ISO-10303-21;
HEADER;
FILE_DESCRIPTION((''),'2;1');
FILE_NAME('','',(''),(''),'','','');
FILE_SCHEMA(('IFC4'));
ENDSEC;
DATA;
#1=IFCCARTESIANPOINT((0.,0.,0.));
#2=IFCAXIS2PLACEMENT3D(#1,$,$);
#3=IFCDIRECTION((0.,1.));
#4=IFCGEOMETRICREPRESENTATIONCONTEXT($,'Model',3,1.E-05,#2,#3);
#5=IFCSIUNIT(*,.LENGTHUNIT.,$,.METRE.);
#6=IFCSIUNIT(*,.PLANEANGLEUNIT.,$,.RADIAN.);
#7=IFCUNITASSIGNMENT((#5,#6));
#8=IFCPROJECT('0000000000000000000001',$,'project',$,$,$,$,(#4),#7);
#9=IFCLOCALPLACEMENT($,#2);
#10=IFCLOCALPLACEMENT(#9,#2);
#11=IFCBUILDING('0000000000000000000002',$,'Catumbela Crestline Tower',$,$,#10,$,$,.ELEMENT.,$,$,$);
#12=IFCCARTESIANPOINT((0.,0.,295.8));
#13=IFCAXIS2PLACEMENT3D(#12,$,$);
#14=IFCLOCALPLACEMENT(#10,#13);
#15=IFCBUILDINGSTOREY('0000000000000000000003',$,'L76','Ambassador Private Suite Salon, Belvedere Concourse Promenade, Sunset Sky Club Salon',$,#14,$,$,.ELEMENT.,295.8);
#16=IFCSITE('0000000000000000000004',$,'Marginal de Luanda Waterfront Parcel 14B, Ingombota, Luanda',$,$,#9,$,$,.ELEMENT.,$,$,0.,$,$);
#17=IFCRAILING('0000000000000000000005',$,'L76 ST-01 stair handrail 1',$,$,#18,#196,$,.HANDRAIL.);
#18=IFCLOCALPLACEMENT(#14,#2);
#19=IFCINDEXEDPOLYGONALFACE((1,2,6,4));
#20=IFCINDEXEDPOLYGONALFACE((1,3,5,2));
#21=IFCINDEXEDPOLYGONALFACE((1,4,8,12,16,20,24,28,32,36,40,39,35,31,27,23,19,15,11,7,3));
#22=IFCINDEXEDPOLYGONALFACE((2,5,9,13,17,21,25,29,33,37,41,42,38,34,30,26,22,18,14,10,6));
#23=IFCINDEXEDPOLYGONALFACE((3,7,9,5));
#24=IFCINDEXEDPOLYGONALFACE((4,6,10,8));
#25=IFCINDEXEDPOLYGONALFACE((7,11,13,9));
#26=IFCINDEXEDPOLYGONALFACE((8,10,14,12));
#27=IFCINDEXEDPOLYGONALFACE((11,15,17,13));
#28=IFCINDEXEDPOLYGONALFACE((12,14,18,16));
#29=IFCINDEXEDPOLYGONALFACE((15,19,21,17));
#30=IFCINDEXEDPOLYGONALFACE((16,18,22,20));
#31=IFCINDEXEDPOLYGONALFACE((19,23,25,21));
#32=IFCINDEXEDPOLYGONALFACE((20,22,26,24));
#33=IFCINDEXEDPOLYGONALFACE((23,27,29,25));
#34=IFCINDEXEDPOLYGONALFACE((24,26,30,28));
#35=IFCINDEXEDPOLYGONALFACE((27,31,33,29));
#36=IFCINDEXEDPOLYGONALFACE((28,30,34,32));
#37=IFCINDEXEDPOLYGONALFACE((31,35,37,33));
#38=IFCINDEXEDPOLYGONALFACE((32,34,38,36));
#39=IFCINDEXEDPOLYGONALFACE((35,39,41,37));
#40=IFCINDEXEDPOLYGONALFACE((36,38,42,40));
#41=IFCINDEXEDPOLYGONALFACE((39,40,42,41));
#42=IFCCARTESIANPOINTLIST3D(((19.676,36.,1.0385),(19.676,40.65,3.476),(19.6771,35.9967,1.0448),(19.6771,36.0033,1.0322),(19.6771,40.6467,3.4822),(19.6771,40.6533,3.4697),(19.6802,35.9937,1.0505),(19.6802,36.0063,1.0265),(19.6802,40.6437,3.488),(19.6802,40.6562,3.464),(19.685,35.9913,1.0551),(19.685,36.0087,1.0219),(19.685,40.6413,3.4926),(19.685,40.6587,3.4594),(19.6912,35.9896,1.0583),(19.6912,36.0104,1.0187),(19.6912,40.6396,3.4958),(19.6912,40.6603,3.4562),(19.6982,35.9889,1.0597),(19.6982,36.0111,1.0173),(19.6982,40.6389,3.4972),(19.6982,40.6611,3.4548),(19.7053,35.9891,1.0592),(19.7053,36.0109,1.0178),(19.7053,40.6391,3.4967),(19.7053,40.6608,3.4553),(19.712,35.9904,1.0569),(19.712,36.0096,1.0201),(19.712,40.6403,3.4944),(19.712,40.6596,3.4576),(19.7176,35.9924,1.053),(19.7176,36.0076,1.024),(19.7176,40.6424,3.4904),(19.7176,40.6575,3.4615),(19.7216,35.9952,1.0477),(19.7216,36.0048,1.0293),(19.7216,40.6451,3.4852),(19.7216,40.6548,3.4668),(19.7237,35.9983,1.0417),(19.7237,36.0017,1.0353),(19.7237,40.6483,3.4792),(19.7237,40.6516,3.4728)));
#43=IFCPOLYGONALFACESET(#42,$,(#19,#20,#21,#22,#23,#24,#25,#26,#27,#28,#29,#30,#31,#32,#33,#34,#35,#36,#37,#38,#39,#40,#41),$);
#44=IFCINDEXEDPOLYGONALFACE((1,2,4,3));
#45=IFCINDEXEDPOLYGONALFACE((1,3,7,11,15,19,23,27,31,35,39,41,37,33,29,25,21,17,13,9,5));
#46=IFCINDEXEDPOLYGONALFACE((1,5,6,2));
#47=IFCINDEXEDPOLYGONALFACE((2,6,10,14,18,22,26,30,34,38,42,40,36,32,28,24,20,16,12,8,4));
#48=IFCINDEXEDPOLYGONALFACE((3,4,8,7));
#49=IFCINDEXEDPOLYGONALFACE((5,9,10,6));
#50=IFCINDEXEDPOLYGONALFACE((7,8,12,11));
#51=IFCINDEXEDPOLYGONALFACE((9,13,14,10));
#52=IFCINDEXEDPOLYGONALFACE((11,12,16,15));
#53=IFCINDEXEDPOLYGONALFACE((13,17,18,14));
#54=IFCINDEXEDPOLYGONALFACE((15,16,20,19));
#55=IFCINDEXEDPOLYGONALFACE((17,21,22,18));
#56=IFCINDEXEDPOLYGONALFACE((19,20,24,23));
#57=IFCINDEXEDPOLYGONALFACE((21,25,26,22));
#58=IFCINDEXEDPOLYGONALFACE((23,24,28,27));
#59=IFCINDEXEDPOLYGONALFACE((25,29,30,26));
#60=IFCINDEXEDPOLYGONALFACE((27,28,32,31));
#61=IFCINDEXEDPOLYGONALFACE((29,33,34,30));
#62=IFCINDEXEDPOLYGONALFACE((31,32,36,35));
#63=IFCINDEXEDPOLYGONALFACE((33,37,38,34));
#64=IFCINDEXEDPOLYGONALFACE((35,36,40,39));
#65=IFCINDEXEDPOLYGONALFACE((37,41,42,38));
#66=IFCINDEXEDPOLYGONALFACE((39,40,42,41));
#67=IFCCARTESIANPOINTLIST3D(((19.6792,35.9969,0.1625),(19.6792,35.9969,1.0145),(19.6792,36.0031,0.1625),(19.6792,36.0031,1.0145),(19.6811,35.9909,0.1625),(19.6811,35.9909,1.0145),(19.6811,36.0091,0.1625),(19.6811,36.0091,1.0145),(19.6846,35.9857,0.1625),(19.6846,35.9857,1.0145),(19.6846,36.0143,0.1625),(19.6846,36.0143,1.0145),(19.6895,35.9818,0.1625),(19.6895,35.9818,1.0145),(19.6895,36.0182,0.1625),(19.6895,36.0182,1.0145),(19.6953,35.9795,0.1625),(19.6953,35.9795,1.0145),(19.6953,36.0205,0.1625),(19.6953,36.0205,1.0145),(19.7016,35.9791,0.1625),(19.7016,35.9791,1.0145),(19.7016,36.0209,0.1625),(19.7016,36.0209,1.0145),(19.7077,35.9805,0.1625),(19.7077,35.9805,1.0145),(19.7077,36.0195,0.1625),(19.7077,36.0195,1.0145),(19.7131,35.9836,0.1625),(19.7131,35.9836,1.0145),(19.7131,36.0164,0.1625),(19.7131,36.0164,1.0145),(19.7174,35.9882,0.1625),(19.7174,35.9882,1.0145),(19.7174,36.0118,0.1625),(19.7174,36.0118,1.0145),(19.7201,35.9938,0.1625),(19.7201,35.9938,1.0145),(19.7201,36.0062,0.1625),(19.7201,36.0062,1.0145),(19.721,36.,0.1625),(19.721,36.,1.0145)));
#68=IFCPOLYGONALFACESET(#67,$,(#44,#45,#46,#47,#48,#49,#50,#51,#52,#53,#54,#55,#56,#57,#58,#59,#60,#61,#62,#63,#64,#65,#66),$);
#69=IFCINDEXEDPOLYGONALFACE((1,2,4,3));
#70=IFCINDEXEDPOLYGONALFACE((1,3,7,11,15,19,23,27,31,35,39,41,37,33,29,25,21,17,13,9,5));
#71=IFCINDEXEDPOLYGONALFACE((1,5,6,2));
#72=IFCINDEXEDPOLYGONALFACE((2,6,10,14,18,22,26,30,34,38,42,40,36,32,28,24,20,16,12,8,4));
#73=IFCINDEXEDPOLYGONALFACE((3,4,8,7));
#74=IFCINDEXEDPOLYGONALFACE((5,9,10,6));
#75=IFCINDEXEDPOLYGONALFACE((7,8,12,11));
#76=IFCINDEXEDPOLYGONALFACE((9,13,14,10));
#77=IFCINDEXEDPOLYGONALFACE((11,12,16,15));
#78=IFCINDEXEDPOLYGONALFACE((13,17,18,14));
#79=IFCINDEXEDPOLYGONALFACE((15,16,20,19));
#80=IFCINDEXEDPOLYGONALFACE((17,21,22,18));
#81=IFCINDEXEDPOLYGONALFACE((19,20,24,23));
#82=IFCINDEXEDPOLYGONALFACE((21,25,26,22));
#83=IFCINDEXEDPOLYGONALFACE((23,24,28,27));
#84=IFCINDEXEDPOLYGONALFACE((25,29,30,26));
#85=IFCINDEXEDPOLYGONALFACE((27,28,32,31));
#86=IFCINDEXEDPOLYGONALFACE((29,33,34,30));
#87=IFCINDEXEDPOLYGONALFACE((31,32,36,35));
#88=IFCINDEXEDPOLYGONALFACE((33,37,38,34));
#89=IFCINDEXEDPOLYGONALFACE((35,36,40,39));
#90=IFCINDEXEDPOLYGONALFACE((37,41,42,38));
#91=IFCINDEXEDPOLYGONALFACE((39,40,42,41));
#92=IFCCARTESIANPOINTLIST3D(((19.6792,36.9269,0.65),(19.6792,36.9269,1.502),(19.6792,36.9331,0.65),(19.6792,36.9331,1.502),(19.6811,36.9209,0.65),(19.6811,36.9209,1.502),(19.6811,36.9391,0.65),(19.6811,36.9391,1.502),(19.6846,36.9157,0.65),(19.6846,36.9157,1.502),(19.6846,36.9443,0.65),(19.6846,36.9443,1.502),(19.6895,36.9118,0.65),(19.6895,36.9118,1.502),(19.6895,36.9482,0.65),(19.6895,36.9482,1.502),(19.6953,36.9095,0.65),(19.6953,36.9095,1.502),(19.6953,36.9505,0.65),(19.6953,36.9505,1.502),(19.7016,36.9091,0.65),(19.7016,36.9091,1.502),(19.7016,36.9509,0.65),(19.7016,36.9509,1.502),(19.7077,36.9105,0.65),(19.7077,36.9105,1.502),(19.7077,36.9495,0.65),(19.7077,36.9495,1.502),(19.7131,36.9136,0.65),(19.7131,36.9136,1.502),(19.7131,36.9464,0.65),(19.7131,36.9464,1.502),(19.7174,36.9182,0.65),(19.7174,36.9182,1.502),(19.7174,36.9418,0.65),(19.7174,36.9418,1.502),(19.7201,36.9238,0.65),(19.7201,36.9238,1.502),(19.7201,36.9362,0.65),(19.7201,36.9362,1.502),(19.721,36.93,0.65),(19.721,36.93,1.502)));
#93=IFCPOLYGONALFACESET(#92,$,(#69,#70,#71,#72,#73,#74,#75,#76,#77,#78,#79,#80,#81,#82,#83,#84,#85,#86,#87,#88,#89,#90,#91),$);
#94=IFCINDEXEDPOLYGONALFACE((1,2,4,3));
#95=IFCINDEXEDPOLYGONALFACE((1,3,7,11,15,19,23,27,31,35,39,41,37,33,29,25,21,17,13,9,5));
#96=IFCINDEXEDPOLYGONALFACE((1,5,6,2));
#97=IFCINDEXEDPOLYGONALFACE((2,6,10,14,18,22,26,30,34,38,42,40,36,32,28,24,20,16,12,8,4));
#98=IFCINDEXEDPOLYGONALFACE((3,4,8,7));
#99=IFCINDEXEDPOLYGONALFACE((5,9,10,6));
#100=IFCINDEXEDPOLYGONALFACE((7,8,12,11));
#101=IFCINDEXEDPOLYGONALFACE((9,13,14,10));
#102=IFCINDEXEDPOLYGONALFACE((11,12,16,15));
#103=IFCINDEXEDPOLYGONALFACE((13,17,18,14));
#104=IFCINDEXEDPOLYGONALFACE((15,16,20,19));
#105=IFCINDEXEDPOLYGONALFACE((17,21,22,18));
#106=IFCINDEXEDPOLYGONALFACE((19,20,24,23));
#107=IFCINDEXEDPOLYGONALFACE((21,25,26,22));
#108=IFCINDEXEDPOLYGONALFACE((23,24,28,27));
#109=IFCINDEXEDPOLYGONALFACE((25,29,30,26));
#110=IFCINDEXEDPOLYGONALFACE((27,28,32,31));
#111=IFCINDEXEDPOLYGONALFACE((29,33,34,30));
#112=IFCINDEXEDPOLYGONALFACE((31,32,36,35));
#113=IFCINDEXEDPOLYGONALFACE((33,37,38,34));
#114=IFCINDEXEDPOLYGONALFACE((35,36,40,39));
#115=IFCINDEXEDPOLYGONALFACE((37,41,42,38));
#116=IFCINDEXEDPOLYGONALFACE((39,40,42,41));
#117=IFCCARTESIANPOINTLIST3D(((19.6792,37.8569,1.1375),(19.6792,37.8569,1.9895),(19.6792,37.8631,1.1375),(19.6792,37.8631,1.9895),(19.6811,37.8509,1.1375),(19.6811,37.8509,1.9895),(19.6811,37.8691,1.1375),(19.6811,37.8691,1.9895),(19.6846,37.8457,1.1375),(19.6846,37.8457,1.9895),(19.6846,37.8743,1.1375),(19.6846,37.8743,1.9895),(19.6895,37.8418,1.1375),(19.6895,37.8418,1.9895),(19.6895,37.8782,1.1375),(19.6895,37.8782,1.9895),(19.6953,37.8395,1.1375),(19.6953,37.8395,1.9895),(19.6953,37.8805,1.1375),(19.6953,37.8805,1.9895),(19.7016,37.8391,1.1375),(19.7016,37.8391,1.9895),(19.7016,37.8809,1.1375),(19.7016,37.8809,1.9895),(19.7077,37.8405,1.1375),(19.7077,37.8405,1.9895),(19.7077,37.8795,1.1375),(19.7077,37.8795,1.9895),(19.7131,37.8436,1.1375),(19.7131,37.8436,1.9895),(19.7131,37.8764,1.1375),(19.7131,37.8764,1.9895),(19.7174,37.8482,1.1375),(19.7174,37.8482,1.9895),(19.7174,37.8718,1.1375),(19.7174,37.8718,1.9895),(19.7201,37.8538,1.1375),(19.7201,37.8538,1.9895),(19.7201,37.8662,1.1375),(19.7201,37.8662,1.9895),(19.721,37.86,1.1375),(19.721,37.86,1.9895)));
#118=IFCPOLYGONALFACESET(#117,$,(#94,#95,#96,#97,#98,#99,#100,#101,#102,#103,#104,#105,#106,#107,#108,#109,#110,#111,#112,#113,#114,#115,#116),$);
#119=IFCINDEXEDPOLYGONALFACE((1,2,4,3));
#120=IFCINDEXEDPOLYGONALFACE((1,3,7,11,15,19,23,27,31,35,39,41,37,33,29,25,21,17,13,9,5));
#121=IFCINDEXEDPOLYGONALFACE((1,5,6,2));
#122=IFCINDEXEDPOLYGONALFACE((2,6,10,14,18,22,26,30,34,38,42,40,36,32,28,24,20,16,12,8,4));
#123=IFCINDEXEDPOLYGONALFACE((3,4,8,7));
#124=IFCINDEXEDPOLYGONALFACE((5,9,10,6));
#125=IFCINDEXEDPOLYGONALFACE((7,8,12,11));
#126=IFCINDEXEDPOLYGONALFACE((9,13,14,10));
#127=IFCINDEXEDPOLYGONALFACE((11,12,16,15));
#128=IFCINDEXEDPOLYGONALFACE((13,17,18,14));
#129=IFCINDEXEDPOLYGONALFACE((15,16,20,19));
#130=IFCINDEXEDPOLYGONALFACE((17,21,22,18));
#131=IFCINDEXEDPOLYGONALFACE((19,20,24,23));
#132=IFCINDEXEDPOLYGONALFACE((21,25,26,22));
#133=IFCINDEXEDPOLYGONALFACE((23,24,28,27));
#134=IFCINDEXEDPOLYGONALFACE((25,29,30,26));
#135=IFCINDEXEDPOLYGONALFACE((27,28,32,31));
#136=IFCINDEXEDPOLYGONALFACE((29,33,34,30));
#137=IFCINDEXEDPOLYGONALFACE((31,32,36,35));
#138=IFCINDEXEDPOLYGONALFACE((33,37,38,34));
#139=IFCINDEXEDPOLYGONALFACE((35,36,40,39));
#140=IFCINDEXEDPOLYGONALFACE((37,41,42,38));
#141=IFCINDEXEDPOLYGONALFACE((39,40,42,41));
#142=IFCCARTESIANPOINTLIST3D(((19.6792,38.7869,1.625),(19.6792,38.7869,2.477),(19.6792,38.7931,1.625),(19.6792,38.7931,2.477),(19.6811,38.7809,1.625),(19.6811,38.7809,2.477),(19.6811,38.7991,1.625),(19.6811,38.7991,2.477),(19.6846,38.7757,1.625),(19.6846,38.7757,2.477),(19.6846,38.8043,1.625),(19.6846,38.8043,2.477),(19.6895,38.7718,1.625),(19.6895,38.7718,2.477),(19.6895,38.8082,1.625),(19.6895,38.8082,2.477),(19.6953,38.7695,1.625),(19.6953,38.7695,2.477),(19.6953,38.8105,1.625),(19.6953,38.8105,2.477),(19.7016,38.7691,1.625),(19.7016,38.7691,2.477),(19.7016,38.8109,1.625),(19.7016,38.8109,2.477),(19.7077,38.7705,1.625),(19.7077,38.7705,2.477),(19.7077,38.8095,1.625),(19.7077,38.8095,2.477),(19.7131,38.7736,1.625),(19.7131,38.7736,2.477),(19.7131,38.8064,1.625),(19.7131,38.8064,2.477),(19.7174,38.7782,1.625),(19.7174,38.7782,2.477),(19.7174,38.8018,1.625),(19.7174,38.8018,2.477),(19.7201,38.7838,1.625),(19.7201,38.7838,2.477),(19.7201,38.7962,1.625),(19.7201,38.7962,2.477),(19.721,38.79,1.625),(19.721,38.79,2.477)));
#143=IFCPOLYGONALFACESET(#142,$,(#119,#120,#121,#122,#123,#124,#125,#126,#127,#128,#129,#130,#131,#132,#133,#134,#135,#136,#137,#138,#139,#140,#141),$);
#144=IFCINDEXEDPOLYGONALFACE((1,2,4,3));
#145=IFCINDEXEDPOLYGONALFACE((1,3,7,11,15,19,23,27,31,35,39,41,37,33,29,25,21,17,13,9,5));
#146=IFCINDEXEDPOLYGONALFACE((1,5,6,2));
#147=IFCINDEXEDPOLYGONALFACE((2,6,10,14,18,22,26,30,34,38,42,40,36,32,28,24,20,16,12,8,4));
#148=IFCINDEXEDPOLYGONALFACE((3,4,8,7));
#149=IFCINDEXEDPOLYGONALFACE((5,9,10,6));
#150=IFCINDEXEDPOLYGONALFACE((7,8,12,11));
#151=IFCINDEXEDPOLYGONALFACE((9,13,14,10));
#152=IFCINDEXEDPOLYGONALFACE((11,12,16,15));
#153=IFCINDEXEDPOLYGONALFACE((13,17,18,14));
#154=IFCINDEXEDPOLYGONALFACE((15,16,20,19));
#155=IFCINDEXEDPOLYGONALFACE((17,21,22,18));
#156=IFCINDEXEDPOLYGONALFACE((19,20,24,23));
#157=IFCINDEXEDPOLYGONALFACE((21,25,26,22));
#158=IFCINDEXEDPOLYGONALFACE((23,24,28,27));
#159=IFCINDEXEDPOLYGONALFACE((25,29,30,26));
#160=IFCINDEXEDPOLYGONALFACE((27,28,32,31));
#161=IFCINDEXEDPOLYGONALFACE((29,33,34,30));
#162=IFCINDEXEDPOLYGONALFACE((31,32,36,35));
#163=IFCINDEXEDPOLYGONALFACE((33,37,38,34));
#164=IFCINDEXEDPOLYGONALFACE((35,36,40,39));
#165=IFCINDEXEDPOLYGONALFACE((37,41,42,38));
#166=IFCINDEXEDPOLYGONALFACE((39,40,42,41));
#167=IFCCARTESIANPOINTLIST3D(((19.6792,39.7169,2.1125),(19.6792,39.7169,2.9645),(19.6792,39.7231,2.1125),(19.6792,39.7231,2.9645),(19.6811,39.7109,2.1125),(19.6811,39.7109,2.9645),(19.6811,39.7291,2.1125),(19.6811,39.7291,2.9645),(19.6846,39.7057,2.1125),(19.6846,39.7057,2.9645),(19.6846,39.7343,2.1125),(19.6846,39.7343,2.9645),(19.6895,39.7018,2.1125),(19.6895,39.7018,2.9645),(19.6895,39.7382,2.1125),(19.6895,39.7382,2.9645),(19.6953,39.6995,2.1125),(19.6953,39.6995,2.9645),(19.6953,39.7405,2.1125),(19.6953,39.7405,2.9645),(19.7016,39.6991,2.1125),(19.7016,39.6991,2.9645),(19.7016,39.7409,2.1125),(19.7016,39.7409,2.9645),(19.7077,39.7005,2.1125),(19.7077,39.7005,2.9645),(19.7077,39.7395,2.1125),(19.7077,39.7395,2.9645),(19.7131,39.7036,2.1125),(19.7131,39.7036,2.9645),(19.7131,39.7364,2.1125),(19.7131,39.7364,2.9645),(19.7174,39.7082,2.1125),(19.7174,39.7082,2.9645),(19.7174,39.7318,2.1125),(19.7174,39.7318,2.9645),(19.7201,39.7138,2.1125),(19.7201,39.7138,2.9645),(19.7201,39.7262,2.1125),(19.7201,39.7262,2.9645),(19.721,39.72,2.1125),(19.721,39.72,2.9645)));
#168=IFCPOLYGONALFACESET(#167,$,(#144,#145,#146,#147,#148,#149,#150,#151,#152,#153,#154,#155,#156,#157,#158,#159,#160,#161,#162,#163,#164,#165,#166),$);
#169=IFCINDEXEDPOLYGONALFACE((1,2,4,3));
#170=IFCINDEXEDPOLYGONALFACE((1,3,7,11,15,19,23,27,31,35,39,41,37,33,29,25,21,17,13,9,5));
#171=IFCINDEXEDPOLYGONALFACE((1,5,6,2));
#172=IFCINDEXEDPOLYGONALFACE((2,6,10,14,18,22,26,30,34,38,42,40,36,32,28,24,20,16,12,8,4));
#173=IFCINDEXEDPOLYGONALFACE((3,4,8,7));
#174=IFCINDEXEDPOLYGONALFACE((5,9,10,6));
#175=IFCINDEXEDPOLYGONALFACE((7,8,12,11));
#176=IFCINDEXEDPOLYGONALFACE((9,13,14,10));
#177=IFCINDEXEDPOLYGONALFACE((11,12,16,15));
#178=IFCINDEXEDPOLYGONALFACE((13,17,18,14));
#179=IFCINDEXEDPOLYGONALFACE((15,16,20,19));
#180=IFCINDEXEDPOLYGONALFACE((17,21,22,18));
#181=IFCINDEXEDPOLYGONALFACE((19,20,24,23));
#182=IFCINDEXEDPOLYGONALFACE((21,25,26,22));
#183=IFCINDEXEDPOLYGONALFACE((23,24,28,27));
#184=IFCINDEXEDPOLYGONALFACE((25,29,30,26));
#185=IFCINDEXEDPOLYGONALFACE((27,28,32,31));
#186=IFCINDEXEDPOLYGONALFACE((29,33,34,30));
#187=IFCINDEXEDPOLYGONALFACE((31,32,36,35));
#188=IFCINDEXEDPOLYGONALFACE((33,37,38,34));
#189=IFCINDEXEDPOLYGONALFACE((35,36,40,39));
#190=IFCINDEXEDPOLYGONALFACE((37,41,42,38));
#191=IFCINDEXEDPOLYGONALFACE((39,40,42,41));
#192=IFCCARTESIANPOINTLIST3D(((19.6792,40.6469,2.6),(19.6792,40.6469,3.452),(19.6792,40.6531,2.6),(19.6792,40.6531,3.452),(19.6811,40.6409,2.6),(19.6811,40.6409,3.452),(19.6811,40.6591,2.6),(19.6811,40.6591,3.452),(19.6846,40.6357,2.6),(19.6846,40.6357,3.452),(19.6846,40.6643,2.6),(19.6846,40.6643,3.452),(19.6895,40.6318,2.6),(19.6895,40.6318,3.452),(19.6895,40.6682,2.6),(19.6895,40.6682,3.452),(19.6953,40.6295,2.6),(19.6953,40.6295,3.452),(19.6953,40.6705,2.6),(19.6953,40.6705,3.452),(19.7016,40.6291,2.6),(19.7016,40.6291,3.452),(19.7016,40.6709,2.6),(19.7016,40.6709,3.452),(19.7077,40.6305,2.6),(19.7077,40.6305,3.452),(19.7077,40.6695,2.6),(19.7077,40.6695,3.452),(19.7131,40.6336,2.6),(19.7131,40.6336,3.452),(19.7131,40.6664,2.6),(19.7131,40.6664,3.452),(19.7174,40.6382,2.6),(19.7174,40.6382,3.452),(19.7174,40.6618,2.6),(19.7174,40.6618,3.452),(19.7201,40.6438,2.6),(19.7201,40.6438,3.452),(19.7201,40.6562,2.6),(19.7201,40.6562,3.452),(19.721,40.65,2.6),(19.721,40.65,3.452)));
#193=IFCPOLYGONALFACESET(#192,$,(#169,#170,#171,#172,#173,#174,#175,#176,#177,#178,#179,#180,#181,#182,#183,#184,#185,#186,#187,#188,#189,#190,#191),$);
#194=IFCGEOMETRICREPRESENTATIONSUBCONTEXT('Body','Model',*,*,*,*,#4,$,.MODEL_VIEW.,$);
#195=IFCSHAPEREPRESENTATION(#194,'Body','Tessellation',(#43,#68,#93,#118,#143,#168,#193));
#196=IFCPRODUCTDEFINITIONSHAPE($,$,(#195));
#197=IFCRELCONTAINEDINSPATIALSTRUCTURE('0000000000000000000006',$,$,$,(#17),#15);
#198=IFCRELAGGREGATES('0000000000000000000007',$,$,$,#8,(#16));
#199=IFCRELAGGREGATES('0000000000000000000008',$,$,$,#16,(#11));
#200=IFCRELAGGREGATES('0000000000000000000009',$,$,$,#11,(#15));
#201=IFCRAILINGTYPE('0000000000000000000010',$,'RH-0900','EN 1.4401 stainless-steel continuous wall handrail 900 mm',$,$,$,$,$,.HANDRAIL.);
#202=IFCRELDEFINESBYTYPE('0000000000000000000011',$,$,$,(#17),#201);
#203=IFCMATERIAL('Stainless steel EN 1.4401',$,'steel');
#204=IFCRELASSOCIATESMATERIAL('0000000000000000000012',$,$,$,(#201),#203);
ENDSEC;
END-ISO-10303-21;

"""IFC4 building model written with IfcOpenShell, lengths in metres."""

from ifc_helpers import new_model, si_unit, direction, frame, origin, origin_2d, place, context, subcontext, project, spatial, circle, extrude, material, type_object, element, save


model = new_model("IFC4")

# Units and contexts
model_context = context("Model", 3, precision=1e-05, world=origin(), true_north=direction((0.0, 1.0)))
body_context = subcontext(model_context, "Body", "Model", "MODEL_VIEW")
ifc_project = project(units=[si_unit("LENGTHUNIT", "METRE"), si_unit("PLANEANGLEUNIT", "RADIAN")], contexts=[model_context])

# Site, building, storey
site_placement = place(None, origin())
site = spatial("IfcSite", under=ifc_project, at=site_placement, Name="Marginal de Luanda Waterfront Parcel 14B, Ingombota, Luanda", CompositionType="ELEMENT", RefElevation=0.0)
building_placement = place(site_placement, origin())
building = spatial("IfcBuilding", under=site, at=building_placement, Name="Catumbela Crestline Tower", CompositionType="ELEMENT")
storey_placement = place(building_placement, frame((0.0, 0.0, 295.8)))
storey = spatial("IfcBuildingStorey", under=building, at=storey_placement, Name="L76", Description="Ambassador Private Suite Salon, Belvedere Concourse Promenade, Sunset Sky Club Salon", CompositionType="ELEMENT", Elevation=295.8)

# Shared definitions
ifc_material_1 = material(Name="Stainless steel EN 1.4401", Category="steel")

# Railing
railing_type_1 = type_object("IfcRailingType", Name="RH-0900", Description="EN 1.4401 stainless-steel continuous wall handrail 900 mm", PredefinedType="HANDRAIL", material=ifc_material_1)
railing_1_placement = place(storey_placement, frame((19.7, 36.0, 0.1625)))
element("IfcRailing", 1, at=railing_1_placement, inside=storey, type_object=railing_type_1, Name="L76 ST-01 stair handrail 1", PredefinedType="HANDRAIL", context=body_context, shape_type="SweptSolid", body=[
    extrude(circle(Radius=0.024, at=origin_2d()), frame((0.0, 0.0, 0.876), z_axis=(0.0, 0.885692, 0.464274), x_axis=(-1.0, 0.0, 0.0)), (0.0, 0.0, 1.0), 5.2501),
    extrude(circle(Radius=0.021, at=origin_2d()), origin(), (0.0, 0.0, 1.0), 0.852),
    extrude(circle(Radius=0.021, at=origin_2d()), frame((0.0, 0.93, 0.4875)), (0.0, 0.0, 1.0), 0.852),
    extrude(circle(Radius=0.021, at=origin_2d()), frame((0.0, 1.86, 0.975)), (0.0, 0.0, 1.0), 0.852),
    extrude(circle(Radius=0.021, at=origin_2d()), frame((0.0, 2.79, 1.4625)), (0.0, 0.0, 1.0), 0.852),
    extrude(circle(Radius=0.021, at=origin_2d()), frame((0.0, 3.72, 1.95)), (0.0, 0.0, 1.0), 0.852),
    extrude(circle(Radius=0.021, at=origin_2d()), frame((0.0, 4.65, 2.4375)), (0.0, 0.0, 1.0), 0.852),
])

save(model, "model.ifc")
